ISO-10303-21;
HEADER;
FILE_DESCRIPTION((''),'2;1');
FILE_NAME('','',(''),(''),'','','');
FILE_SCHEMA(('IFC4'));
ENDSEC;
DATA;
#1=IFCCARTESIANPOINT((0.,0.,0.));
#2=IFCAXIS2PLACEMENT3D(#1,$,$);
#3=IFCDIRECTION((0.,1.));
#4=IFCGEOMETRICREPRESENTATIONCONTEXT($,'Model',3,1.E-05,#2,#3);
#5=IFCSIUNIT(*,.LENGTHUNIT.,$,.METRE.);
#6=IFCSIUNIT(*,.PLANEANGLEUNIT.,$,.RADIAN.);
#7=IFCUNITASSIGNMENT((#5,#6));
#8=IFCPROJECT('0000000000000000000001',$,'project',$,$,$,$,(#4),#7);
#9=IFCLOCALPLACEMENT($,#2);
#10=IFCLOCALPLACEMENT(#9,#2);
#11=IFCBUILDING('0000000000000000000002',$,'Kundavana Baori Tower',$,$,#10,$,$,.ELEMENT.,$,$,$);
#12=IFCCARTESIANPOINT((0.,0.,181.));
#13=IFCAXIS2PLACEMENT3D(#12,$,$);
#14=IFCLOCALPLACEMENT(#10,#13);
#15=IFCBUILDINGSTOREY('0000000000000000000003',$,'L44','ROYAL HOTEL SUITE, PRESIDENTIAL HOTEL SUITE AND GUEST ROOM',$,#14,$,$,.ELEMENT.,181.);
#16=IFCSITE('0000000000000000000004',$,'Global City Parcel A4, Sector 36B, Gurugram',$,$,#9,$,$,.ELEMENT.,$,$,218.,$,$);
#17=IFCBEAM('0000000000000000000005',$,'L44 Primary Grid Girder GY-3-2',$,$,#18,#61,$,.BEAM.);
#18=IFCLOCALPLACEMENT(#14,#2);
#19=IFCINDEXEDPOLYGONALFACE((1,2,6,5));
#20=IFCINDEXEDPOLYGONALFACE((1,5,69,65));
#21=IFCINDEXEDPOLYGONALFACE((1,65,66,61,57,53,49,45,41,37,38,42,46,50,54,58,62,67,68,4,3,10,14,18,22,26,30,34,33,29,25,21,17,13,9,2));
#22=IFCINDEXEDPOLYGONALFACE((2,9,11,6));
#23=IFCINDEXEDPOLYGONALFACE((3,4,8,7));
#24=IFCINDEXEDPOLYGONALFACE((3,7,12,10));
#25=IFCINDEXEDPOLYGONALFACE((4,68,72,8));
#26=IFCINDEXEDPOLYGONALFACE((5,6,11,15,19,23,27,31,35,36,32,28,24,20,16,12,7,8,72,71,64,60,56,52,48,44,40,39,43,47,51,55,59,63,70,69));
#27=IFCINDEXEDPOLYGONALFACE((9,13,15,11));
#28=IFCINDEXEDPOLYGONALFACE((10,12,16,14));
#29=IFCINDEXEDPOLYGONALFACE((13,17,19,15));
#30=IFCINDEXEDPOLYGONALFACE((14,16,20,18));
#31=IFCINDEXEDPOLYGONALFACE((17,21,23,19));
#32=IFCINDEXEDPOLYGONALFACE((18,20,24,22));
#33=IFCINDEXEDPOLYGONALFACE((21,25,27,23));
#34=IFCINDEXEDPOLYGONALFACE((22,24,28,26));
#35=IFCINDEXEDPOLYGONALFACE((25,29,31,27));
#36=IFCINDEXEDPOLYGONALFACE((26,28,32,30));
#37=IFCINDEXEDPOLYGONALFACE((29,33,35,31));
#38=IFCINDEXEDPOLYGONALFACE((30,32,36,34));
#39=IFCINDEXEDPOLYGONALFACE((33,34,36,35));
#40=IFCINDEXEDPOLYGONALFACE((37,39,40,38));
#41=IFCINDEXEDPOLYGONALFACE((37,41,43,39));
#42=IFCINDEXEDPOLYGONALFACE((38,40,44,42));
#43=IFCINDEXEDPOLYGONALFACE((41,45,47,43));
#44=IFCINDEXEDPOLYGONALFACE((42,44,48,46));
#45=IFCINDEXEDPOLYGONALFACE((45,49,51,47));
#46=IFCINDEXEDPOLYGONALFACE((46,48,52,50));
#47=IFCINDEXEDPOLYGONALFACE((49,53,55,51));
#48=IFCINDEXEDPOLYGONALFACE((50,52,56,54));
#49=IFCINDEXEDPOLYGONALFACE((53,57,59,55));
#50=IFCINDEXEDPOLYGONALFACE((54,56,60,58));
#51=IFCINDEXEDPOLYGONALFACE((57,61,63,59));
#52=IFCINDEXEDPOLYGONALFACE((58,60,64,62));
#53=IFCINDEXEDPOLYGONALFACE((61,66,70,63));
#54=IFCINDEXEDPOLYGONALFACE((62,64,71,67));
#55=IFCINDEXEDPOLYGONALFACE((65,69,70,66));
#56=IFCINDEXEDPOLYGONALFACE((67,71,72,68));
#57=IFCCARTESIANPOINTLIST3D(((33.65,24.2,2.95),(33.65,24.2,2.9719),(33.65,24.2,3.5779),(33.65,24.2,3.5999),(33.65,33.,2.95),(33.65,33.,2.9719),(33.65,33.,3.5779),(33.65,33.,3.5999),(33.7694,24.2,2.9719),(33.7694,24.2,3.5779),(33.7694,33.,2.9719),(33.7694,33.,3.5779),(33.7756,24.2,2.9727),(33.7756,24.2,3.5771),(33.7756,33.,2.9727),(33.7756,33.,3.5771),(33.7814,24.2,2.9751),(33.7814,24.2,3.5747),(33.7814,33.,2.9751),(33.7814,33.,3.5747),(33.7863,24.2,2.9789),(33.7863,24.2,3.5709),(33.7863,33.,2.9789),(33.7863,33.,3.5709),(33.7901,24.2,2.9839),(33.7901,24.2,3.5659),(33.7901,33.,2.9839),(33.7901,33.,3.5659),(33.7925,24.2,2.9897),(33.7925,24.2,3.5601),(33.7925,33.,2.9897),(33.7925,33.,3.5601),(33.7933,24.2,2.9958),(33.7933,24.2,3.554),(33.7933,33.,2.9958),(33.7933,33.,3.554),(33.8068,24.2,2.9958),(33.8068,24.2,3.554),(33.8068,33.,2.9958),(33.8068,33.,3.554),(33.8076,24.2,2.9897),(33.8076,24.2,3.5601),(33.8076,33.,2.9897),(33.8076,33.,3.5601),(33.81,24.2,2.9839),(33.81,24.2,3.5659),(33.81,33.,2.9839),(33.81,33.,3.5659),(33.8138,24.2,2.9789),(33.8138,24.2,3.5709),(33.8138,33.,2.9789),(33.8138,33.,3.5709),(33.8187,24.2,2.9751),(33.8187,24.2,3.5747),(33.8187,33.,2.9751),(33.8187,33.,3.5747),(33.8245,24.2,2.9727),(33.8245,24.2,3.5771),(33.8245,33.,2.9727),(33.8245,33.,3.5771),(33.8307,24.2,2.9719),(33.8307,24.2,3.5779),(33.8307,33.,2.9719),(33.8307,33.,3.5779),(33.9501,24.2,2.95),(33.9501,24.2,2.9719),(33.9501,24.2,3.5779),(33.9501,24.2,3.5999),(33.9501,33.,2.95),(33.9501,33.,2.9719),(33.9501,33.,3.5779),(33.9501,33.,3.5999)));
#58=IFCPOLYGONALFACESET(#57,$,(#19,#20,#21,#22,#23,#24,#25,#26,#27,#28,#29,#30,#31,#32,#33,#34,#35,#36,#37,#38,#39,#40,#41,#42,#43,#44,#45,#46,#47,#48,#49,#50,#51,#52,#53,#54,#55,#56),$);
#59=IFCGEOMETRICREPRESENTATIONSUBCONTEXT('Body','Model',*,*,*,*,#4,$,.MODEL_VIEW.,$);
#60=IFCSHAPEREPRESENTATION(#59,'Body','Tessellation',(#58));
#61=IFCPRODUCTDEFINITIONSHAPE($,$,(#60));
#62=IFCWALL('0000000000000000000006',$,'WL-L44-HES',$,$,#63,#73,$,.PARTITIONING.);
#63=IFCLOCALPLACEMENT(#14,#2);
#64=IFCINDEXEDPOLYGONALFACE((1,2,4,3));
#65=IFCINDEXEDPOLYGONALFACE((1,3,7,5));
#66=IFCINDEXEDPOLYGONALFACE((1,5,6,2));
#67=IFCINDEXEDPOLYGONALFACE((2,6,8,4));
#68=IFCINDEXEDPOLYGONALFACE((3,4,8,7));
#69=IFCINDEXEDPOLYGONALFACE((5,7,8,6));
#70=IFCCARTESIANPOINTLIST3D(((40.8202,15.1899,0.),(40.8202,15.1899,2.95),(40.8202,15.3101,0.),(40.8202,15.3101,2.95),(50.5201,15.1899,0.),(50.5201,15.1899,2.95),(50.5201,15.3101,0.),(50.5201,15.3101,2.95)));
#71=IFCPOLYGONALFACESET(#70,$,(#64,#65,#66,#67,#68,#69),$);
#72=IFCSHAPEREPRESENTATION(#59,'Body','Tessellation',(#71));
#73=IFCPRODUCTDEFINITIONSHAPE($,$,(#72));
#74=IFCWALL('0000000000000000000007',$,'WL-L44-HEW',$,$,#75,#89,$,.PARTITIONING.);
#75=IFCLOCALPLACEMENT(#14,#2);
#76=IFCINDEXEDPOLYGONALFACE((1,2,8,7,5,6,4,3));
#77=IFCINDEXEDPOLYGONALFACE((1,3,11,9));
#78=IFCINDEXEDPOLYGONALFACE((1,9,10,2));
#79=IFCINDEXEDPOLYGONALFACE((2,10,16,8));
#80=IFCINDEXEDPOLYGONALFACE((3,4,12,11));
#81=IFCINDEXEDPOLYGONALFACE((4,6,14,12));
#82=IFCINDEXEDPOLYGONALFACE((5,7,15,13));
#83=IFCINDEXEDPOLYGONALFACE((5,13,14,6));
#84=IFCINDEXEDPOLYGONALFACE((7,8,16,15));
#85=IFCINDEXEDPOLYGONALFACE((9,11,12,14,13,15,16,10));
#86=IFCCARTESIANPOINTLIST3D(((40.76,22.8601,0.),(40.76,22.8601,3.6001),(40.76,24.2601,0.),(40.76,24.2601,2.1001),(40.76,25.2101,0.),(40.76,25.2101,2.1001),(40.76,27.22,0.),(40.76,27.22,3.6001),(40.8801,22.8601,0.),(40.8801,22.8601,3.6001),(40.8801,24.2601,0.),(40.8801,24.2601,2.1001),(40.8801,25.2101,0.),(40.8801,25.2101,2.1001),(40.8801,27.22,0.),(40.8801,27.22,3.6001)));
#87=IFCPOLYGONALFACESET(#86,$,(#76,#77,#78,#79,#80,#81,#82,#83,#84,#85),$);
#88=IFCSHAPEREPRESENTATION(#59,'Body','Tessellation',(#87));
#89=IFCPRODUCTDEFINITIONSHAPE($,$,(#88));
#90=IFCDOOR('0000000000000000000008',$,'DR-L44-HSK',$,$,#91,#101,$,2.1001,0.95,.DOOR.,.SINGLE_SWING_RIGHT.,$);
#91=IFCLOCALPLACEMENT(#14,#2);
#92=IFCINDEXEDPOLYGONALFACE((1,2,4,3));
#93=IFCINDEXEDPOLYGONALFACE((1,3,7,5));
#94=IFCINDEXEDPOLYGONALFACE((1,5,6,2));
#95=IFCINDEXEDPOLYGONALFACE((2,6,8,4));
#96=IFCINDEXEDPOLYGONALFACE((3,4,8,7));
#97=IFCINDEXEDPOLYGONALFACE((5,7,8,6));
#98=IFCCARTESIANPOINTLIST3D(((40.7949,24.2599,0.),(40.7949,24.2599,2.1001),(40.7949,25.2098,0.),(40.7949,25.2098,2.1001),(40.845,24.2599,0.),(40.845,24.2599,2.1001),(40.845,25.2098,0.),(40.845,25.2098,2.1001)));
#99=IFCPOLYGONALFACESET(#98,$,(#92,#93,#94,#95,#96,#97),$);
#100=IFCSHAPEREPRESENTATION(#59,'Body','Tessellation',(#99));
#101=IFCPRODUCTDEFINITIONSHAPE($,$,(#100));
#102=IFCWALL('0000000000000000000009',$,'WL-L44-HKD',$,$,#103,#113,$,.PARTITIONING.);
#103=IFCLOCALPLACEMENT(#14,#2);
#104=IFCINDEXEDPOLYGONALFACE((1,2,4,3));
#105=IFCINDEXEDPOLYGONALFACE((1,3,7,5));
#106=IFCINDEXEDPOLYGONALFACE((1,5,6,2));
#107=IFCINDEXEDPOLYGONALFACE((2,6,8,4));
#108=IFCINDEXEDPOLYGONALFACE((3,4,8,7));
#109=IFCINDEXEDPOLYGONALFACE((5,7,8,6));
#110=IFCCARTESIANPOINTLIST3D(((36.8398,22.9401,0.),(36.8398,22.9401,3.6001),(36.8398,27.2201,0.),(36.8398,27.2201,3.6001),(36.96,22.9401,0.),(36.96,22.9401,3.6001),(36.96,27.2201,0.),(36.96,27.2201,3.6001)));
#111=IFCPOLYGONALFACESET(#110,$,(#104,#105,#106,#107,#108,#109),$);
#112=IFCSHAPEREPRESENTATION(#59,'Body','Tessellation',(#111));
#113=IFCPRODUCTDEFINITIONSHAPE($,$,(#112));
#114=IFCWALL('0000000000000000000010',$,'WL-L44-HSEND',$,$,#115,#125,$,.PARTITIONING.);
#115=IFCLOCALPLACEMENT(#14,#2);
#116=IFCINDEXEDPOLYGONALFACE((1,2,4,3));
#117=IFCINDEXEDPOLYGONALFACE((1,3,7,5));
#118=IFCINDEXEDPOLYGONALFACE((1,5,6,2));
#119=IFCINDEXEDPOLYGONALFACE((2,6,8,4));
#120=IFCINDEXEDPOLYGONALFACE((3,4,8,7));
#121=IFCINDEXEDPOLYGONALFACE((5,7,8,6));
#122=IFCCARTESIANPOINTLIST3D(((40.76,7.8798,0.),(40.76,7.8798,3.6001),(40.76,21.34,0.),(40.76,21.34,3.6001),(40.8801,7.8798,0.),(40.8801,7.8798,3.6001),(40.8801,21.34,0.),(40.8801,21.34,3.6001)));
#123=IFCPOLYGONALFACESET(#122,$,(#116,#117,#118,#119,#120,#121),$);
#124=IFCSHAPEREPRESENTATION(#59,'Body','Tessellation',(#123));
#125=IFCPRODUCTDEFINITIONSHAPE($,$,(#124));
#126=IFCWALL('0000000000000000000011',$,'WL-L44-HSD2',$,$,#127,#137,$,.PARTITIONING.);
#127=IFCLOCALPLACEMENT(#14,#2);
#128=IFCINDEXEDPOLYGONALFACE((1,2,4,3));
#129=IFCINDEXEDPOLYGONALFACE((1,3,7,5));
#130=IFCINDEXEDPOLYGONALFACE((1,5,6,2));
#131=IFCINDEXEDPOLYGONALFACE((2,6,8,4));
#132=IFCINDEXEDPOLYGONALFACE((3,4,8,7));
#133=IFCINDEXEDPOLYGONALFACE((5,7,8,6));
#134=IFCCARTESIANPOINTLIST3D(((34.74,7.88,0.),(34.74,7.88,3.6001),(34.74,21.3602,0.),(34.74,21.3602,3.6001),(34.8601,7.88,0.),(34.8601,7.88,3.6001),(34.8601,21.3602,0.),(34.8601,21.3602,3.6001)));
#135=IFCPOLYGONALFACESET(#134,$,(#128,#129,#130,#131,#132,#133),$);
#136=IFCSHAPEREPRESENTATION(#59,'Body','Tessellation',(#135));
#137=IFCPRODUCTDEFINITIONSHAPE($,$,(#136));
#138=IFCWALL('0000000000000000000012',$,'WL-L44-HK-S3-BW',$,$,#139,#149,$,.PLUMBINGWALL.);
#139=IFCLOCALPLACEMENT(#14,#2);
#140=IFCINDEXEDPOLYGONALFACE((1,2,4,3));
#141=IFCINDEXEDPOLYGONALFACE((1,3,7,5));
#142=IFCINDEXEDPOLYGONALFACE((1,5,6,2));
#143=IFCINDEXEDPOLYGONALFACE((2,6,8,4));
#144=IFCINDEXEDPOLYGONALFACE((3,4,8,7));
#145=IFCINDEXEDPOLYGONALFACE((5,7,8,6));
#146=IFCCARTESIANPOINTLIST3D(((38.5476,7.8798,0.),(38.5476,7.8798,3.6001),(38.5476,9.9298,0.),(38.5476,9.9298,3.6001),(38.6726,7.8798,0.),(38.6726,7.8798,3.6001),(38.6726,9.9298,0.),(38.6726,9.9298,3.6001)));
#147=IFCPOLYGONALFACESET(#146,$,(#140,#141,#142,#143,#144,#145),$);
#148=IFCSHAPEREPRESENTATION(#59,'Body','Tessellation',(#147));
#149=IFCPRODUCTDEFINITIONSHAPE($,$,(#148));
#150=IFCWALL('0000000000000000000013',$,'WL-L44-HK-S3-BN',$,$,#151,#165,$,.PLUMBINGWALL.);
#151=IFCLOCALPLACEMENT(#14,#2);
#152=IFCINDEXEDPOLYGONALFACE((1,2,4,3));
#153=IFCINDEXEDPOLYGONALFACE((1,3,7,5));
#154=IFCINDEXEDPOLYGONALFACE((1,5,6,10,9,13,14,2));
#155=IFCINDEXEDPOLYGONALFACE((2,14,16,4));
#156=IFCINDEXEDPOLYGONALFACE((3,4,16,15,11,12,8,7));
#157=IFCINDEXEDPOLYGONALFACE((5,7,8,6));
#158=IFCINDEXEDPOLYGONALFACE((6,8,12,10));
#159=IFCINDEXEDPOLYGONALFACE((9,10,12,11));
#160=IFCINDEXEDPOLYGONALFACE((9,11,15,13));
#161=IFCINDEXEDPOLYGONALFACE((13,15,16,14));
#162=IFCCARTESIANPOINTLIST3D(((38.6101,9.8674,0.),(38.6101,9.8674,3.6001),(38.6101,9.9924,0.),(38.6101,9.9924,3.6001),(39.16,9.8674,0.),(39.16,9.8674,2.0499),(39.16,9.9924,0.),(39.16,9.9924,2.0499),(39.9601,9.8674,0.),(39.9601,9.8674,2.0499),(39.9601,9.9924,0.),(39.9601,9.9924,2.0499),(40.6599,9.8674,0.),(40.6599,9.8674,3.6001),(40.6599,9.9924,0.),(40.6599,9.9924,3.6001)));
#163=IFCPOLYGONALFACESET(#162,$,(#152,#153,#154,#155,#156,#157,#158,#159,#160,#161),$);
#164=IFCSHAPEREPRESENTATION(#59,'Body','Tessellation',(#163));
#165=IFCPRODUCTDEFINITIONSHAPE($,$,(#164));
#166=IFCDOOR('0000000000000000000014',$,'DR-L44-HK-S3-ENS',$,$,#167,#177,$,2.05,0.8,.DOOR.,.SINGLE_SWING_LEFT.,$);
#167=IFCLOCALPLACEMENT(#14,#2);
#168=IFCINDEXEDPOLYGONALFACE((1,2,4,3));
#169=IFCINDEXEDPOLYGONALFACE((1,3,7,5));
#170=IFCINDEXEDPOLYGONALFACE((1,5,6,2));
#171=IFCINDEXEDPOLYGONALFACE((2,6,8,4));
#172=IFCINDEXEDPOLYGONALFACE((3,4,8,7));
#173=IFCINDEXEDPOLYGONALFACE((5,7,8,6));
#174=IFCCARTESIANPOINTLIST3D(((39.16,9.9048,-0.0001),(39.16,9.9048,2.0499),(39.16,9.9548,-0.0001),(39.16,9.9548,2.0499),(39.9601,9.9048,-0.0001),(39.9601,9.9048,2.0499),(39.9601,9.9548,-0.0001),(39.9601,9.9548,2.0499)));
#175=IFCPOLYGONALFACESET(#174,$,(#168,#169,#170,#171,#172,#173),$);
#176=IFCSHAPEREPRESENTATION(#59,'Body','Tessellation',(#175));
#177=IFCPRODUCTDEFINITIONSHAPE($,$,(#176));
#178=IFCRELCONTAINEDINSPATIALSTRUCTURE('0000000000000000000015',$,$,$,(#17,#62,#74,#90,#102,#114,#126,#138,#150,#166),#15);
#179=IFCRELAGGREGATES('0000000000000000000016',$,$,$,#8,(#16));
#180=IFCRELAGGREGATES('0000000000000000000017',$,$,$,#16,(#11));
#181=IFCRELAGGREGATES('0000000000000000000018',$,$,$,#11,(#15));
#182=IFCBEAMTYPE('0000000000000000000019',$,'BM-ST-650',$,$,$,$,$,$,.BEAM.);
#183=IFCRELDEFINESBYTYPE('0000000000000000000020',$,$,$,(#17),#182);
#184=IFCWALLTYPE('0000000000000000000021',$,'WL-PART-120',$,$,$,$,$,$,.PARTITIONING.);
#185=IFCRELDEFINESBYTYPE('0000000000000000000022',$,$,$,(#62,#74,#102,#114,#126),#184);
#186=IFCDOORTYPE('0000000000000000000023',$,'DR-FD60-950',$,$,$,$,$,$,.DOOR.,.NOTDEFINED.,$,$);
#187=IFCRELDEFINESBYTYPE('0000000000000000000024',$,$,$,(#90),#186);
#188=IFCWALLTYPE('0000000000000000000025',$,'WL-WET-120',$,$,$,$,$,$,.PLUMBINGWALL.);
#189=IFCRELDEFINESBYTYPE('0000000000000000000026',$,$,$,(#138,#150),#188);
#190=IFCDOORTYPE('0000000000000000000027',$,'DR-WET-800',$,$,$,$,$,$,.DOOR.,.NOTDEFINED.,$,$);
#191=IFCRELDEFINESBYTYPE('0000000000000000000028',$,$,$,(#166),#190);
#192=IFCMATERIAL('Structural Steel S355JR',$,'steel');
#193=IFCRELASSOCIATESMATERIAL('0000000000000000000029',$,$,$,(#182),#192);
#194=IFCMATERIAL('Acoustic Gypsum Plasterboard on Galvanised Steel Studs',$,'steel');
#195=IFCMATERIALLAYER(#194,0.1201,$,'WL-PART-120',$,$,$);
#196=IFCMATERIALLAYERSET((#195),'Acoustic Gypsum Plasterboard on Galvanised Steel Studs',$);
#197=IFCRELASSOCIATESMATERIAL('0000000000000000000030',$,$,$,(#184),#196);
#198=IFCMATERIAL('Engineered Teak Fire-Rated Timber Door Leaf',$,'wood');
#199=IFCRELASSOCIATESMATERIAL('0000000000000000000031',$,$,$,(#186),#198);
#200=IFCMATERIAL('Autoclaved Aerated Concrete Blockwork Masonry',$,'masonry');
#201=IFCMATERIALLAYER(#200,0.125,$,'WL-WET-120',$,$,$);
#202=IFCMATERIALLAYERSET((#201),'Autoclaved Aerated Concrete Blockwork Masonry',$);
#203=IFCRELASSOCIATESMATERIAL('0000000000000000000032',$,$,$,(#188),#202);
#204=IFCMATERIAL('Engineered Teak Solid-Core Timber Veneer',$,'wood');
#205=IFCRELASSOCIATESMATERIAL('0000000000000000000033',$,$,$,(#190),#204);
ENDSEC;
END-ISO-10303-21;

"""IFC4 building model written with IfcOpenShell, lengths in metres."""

from ifc_helpers import new_model, si_unit, direction, frame, frame_2d, origin, origin_2d, place, context, subcontext, project, spatial, rectangle, i_section, extrude, material, layer, layer_set, material_profile, profile_set, type_object, element, fill, save


model = new_model("IFC4")

# Units and contexts
model_context = context("Model", 3, precision=1e-05, world=origin(), true_north=direction((0.0, 1.0)))
body_context = subcontext(model_context, "Body", "Model", "MODEL_VIEW")
ifc_project = project(units=[si_unit("LENGTHUNIT", "METRE"), si_unit("PLANEANGLEUNIT", "RADIAN")], contexts=[model_context])

# Site, building, storey
site_placement = place(None, origin())
site = spatial("IfcSite", under=ifc_project, at=site_placement, Name="Global City Parcel A4, Sector 36B, Gurugram", CompositionType="ELEMENT", RefElevation=218.0)
building_placement = place(site_placement, origin())
building = spatial("IfcBuilding", under=site, at=building_placement, Name="Kundavana Baori Tower", CompositionType="ELEMENT")
storey_placement = place(building_placement, frame((0.0, 0.0, 181.0)))
storey = spatial("IfcBuildingStorey", under=building, at=storey_placement, Name="L44", Description="ROYAL HOTEL SUITE, PRESIDENTIAL HOTEL SUITE AND GUEST ROOM", CompositionType="ELEMENT", Elevation=181.0)

# Beam
ifc_material_1 = material(Name="Structural Steel S355JR", Category="steel")
ifc_material_profile_1 = material_profile(ifc_material_1, i_section(OverallWidth=0.3, OverallDepth=0.6499, WebThickness=0.0134, FlangeThickness=0.022, FilletRadius=0.0239, at=origin_2d()), Name="NPB 650x300x155")
ifc_profile_set_1 = profile_set([ifc_material_profile_1], Name="Structural Steel S355JR")
beam_type_1 = type_object("IfcBeamType", Name="BM-ST-650", PredefinedType="BEAM", material=ifc_profile_set_1)
beam_1_placement = place(storey_placement, frame((33.8, 24.2, 3.2749), z_axis=(0.0, 1.0, 0.0), x_axis=(-1.0, 0.0, 0.0)))
element("IfcBeam", 1, at=beam_1_placement, inside=storey, type_object=beam_type_1, Name="L44 Primary Grid Girder GY-3-2", PredefinedType="BEAM", context=body_context, shape_type="SweptSolid", body=[
    extrude(i_section(OverallWidth=0.3, OverallDepth=0.6499, WebThickness=0.0134, FlangeThickness=0.022, FilletRadius=0.0239, at=origin_2d()), origin(), (0.0, 0.0, 1.0), 8.8),
])

# Wall
ifc_material_2 = material(Name="Acoustic Gypsum Plasterboard on Galvanised Steel Studs", Category="steel")
ifc_layer_1 = layer(ifc_material_2, 0.1201, Name="WL-PART-120")
ifc_layer_set_1 = layer_set([ifc_layer_1], Name="Acoustic Gypsum Plasterboard on Galvanised Steel Studs")
wall_type_1 = type_object("IfcWallType", Name="WL-PART-120", PredefinedType="PARTITIONING", material=ifc_layer_set_1)
wall_1_placement = place(storey_placement, frame((40.8201, 15.25, 0.0), z_axis=(0.0, 0.0, 1.0), x_axis=(1.0, 0.0, 0.0)))
element("IfcWall", 2, at=wall_1_placement, inside=storey, type_object=wall_type_1, Name="WL-L44-HES", PredefinedType="PARTITIONING", context=body_context, shape_type="SweptSolid", body=[
    extrude(rectangle(XDim=9.7, YDim=0.1201, at=frame_2d((4.8501, 0.0))), origin(), (0.0, 0.0, 1.0), 2.95),
])

# Wall, opening, door
wall_2_placement = place(storey_placement, frame((40.8201, 22.8601, 0.0), z_axis=(0.0, 0.0, 1.0), x_axis=(0.0, 1.0, 0.0)))
wall_2 = element("IfcWall", 3, at=wall_2_placement, inside=storey, type_object=wall_type_1, Name="WL-L44-HEW", PredefinedType="PARTITIONING", context=body_context, shape_type="SweptSolid", body=[
    extrude(rectangle(XDim=4.3599, YDim=0.1201, at=frame_2d((2.1799, 0.0))), origin(), (0.0, 0.0, 1.0), 3.6001),
])
opening_1_placement = place(wall_2_placement, frame((1.3999, 0.0, 0.0)))
opening_1 = element("IfcOpeningElement", 4, at=opening_1_placement, cuts=wall_2, PredefinedType="OPENING", context=body_context, shape_type="SweptSolid", body=[
    extrude(rectangle(XDim=0.95, YDim=2.1001, at=frame_2d((0.4751, 1.05))), frame((0.0, 0.0701, 0.0), z_axis=(0.0, -1.0, 0.0), x_axis=(1.0, 0.0, 0.0)), (0.0, 0.0, 1.0), 0.1401),
])
ifc_material_3 = material(Name="Engineered Teak Fire-Rated Timber Door Leaf", Category="wood")
door_type_1 = type_object("IfcDoorType", Name="DR-FD60-950", OperationType="NOTDEFINED", PredefinedType="DOOR", material=ifc_material_3)
door_1_placement = place(opening_1_placement, frame((0.95, 0.0, 0.0), z_axis=(0.0, 0.0, 1.0), x_axis=(-1.0, 0.0, 0.0)))
door_1 = element("IfcDoor", 5, at=door_1_placement, inside=storey, type_object=door_type_1, Name="DR-L44-HSK", OperationType="SINGLE_SWING_RIGHT", OverallHeight=2.1001, OverallWidth=0.95, PredefinedType="DOOR", context=body_context, shape_type="SweptSolid", body=[
    extrude(rectangle(XDim=0.95, YDim=2.1001, at=frame_2d((0.4751, 1.05))), frame((0.0, 0.0249, 0.0), z_axis=(0.0, -1.0, 0.0), x_axis=(1.0, 0.0, 0.0)), (0.0, 0.0, 1.0), 0.05),
])
fill(opening_1, door_1)

# Walls
wall_3_placement = place(storey_placement, frame((36.8999, 22.9399, 0.0), z_axis=(0.0, 0.0, 1.0), x_axis=(0.0, 1.0, 0.0)))
element("IfcWall", 6, at=wall_3_placement, inside=storey, type_object=wall_type_1, Name="WL-L44-HKD", PredefinedType="PARTITIONING", context=body_context, shape_type="SweptSolid", body=[
    extrude(rectangle(XDim=4.28, YDim=0.1201, at=frame_2d((2.1401, 0.0))), origin(), (0.0, 0.0, 1.0), 3.6001),
])
wall_4_placement = place(storey_placement, frame((40.8201, 7.8799, 0.0), z_axis=(0.0, 0.0, 1.0), x_axis=(0.0, 1.0, 0.0)))
element("IfcWall", 7, at=wall_4_placement, inside=storey, type_object=wall_type_1, Name="WL-L44-HSEND", PredefinedType="PARTITIONING", context=body_context, shape_type="SweptSolid", body=[
    extrude(rectangle(XDim=13.4602, YDim=0.1201, at=frame_2d((6.73, 0.0))), origin(), (0.0, 0.0, 1.0), 3.6001),
])
wall_5_placement = place(storey_placement, frame((34.8, 7.8799, 0.0), z_axis=(0.0, 0.0, 1.0), x_axis=(0.0, 1.0, 0.0)))
element("IfcWall", 8, at=wall_5_placement, inside=storey, type_object=wall_type_1, Name="WL-L44-HSD2", PredefinedType="PARTITIONING", context=body_context, shape_type="SweptSolid", body=[
    extrude(rectangle(XDim=13.4802, YDim=0.1201, at=frame_2d((6.7402, 0.0))), origin(), (0.0, 0.0, 1.0), 3.6001),
])
ifc_material_4 = material(Name="Autoclaved Aerated Concrete Blockwork Masonry", Category="masonry")
ifc_layer_2 = layer(ifc_material_4, 0.125, Name="WL-WET-120")
ifc_layer_set_2 = layer_set([ifc_layer_2], Name="Autoclaved Aerated Concrete Blockwork Masonry")
wall_type_2 = type_object("IfcWallType", Name="WL-WET-120", PredefinedType="PLUMBINGWALL", material=ifc_layer_set_2)
wall_6_placement = place(storey_placement, frame((38.6101, 7.8799, 0.0), z_axis=(0.0, 0.0, 1.0), x_axis=(0.0, 1.0, 0.0)))
element("IfcWall", 9, at=wall_6_placement, inside=storey, type_object=wall_type_2, Name="WL-L44-HK-S3-BW", PredefinedType="PLUMBINGWALL", context=body_context, shape_type="SweptSolid", body=[
    extrude(rectangle(XDim=2.05, YDim=0.125, at=frame_2d((1.0249, 0.0))), origin(), (0.0, 0.0, 1.0), 3.6001),
])

# Wall, opening, door
wall_7_placement = place(storey_placement, frame((38.6101, 9.9299, 0.0), z_axis=(0.0, 0.0, 1.0), x_axis=(1.0, 0.0, 0.0)))
wall_7 = element("IfcWall", 10, at=wall_7_placement, inside=storey, type_object=wall_type_2, Name="WL-L44-HK-S3-BN", PredefinedType="PLUMBINGWALL", context=body_context, shape_type="SweptSolid", body=[
    extrude(rectangle(XDim=2.0498, YDim=0.125, at=frame_2d((1.0249, 0.0))), origin(), (0.0, 0.0, 1.0), 3.6001),
])
opening_2_placement = place(wall_7_placement, frame((0.55, 0.0, 0.0)))
opening_2 = element("IfcOpeningElement", 11, at=opening_2_placement, cuts=wall_7, PredefinedType="OPENING", context=body_context, shape_type="SweptSolid", body=[
    extrude(rectangle(XDim=0.8, YDim=2.05, at=frame_2d((0.3999, 1.0249))), frame((0.0, 0.0725, 0.0), z_axis=(0.0, -1.0, 0.0), x_axis=(1.0, 0.0, 0.0)), (0.0, 0.0, 1.0), 0.145),
])
ifc_material_5 = material(Name="Engineered Teak Solid-Core Timber Veneer", Category="wood")
door_type_2 = type_object("IfcDoorType", Name="DR-WET-800", OperationType="NOTDEFINED", PredefinedType="DOOR", material=ifc_material_5)
door_2_placement = place(opening_2_placement, origin())
door_2 = element("IfcDoor", 12, at=door_2_placement, inside=storey, type_object=door_type_2, Name="DR-L44-HK-S3-ENS", OperationType="SINGLE_SWING_LEFT", OverallHeight=2.05, OverallWidth=0.8, PredefinedType="DOOR", context=body_context, shape_type="SweptSolid", body=[
    extrude(rectangle(XDim=0.8, YDim=2.05, at=frame_2d((0.3999, 1.0249))), frame((0.0, 0.0249, 0.0), z_axis=(0.0, -1.0, 0.0), x_axis=(1.0, 0.0, 0.0)), (0.0, 0.0, 1.0), 0.05),
])
fill(opening_2, door_2)

save(model, "model.ifc")
